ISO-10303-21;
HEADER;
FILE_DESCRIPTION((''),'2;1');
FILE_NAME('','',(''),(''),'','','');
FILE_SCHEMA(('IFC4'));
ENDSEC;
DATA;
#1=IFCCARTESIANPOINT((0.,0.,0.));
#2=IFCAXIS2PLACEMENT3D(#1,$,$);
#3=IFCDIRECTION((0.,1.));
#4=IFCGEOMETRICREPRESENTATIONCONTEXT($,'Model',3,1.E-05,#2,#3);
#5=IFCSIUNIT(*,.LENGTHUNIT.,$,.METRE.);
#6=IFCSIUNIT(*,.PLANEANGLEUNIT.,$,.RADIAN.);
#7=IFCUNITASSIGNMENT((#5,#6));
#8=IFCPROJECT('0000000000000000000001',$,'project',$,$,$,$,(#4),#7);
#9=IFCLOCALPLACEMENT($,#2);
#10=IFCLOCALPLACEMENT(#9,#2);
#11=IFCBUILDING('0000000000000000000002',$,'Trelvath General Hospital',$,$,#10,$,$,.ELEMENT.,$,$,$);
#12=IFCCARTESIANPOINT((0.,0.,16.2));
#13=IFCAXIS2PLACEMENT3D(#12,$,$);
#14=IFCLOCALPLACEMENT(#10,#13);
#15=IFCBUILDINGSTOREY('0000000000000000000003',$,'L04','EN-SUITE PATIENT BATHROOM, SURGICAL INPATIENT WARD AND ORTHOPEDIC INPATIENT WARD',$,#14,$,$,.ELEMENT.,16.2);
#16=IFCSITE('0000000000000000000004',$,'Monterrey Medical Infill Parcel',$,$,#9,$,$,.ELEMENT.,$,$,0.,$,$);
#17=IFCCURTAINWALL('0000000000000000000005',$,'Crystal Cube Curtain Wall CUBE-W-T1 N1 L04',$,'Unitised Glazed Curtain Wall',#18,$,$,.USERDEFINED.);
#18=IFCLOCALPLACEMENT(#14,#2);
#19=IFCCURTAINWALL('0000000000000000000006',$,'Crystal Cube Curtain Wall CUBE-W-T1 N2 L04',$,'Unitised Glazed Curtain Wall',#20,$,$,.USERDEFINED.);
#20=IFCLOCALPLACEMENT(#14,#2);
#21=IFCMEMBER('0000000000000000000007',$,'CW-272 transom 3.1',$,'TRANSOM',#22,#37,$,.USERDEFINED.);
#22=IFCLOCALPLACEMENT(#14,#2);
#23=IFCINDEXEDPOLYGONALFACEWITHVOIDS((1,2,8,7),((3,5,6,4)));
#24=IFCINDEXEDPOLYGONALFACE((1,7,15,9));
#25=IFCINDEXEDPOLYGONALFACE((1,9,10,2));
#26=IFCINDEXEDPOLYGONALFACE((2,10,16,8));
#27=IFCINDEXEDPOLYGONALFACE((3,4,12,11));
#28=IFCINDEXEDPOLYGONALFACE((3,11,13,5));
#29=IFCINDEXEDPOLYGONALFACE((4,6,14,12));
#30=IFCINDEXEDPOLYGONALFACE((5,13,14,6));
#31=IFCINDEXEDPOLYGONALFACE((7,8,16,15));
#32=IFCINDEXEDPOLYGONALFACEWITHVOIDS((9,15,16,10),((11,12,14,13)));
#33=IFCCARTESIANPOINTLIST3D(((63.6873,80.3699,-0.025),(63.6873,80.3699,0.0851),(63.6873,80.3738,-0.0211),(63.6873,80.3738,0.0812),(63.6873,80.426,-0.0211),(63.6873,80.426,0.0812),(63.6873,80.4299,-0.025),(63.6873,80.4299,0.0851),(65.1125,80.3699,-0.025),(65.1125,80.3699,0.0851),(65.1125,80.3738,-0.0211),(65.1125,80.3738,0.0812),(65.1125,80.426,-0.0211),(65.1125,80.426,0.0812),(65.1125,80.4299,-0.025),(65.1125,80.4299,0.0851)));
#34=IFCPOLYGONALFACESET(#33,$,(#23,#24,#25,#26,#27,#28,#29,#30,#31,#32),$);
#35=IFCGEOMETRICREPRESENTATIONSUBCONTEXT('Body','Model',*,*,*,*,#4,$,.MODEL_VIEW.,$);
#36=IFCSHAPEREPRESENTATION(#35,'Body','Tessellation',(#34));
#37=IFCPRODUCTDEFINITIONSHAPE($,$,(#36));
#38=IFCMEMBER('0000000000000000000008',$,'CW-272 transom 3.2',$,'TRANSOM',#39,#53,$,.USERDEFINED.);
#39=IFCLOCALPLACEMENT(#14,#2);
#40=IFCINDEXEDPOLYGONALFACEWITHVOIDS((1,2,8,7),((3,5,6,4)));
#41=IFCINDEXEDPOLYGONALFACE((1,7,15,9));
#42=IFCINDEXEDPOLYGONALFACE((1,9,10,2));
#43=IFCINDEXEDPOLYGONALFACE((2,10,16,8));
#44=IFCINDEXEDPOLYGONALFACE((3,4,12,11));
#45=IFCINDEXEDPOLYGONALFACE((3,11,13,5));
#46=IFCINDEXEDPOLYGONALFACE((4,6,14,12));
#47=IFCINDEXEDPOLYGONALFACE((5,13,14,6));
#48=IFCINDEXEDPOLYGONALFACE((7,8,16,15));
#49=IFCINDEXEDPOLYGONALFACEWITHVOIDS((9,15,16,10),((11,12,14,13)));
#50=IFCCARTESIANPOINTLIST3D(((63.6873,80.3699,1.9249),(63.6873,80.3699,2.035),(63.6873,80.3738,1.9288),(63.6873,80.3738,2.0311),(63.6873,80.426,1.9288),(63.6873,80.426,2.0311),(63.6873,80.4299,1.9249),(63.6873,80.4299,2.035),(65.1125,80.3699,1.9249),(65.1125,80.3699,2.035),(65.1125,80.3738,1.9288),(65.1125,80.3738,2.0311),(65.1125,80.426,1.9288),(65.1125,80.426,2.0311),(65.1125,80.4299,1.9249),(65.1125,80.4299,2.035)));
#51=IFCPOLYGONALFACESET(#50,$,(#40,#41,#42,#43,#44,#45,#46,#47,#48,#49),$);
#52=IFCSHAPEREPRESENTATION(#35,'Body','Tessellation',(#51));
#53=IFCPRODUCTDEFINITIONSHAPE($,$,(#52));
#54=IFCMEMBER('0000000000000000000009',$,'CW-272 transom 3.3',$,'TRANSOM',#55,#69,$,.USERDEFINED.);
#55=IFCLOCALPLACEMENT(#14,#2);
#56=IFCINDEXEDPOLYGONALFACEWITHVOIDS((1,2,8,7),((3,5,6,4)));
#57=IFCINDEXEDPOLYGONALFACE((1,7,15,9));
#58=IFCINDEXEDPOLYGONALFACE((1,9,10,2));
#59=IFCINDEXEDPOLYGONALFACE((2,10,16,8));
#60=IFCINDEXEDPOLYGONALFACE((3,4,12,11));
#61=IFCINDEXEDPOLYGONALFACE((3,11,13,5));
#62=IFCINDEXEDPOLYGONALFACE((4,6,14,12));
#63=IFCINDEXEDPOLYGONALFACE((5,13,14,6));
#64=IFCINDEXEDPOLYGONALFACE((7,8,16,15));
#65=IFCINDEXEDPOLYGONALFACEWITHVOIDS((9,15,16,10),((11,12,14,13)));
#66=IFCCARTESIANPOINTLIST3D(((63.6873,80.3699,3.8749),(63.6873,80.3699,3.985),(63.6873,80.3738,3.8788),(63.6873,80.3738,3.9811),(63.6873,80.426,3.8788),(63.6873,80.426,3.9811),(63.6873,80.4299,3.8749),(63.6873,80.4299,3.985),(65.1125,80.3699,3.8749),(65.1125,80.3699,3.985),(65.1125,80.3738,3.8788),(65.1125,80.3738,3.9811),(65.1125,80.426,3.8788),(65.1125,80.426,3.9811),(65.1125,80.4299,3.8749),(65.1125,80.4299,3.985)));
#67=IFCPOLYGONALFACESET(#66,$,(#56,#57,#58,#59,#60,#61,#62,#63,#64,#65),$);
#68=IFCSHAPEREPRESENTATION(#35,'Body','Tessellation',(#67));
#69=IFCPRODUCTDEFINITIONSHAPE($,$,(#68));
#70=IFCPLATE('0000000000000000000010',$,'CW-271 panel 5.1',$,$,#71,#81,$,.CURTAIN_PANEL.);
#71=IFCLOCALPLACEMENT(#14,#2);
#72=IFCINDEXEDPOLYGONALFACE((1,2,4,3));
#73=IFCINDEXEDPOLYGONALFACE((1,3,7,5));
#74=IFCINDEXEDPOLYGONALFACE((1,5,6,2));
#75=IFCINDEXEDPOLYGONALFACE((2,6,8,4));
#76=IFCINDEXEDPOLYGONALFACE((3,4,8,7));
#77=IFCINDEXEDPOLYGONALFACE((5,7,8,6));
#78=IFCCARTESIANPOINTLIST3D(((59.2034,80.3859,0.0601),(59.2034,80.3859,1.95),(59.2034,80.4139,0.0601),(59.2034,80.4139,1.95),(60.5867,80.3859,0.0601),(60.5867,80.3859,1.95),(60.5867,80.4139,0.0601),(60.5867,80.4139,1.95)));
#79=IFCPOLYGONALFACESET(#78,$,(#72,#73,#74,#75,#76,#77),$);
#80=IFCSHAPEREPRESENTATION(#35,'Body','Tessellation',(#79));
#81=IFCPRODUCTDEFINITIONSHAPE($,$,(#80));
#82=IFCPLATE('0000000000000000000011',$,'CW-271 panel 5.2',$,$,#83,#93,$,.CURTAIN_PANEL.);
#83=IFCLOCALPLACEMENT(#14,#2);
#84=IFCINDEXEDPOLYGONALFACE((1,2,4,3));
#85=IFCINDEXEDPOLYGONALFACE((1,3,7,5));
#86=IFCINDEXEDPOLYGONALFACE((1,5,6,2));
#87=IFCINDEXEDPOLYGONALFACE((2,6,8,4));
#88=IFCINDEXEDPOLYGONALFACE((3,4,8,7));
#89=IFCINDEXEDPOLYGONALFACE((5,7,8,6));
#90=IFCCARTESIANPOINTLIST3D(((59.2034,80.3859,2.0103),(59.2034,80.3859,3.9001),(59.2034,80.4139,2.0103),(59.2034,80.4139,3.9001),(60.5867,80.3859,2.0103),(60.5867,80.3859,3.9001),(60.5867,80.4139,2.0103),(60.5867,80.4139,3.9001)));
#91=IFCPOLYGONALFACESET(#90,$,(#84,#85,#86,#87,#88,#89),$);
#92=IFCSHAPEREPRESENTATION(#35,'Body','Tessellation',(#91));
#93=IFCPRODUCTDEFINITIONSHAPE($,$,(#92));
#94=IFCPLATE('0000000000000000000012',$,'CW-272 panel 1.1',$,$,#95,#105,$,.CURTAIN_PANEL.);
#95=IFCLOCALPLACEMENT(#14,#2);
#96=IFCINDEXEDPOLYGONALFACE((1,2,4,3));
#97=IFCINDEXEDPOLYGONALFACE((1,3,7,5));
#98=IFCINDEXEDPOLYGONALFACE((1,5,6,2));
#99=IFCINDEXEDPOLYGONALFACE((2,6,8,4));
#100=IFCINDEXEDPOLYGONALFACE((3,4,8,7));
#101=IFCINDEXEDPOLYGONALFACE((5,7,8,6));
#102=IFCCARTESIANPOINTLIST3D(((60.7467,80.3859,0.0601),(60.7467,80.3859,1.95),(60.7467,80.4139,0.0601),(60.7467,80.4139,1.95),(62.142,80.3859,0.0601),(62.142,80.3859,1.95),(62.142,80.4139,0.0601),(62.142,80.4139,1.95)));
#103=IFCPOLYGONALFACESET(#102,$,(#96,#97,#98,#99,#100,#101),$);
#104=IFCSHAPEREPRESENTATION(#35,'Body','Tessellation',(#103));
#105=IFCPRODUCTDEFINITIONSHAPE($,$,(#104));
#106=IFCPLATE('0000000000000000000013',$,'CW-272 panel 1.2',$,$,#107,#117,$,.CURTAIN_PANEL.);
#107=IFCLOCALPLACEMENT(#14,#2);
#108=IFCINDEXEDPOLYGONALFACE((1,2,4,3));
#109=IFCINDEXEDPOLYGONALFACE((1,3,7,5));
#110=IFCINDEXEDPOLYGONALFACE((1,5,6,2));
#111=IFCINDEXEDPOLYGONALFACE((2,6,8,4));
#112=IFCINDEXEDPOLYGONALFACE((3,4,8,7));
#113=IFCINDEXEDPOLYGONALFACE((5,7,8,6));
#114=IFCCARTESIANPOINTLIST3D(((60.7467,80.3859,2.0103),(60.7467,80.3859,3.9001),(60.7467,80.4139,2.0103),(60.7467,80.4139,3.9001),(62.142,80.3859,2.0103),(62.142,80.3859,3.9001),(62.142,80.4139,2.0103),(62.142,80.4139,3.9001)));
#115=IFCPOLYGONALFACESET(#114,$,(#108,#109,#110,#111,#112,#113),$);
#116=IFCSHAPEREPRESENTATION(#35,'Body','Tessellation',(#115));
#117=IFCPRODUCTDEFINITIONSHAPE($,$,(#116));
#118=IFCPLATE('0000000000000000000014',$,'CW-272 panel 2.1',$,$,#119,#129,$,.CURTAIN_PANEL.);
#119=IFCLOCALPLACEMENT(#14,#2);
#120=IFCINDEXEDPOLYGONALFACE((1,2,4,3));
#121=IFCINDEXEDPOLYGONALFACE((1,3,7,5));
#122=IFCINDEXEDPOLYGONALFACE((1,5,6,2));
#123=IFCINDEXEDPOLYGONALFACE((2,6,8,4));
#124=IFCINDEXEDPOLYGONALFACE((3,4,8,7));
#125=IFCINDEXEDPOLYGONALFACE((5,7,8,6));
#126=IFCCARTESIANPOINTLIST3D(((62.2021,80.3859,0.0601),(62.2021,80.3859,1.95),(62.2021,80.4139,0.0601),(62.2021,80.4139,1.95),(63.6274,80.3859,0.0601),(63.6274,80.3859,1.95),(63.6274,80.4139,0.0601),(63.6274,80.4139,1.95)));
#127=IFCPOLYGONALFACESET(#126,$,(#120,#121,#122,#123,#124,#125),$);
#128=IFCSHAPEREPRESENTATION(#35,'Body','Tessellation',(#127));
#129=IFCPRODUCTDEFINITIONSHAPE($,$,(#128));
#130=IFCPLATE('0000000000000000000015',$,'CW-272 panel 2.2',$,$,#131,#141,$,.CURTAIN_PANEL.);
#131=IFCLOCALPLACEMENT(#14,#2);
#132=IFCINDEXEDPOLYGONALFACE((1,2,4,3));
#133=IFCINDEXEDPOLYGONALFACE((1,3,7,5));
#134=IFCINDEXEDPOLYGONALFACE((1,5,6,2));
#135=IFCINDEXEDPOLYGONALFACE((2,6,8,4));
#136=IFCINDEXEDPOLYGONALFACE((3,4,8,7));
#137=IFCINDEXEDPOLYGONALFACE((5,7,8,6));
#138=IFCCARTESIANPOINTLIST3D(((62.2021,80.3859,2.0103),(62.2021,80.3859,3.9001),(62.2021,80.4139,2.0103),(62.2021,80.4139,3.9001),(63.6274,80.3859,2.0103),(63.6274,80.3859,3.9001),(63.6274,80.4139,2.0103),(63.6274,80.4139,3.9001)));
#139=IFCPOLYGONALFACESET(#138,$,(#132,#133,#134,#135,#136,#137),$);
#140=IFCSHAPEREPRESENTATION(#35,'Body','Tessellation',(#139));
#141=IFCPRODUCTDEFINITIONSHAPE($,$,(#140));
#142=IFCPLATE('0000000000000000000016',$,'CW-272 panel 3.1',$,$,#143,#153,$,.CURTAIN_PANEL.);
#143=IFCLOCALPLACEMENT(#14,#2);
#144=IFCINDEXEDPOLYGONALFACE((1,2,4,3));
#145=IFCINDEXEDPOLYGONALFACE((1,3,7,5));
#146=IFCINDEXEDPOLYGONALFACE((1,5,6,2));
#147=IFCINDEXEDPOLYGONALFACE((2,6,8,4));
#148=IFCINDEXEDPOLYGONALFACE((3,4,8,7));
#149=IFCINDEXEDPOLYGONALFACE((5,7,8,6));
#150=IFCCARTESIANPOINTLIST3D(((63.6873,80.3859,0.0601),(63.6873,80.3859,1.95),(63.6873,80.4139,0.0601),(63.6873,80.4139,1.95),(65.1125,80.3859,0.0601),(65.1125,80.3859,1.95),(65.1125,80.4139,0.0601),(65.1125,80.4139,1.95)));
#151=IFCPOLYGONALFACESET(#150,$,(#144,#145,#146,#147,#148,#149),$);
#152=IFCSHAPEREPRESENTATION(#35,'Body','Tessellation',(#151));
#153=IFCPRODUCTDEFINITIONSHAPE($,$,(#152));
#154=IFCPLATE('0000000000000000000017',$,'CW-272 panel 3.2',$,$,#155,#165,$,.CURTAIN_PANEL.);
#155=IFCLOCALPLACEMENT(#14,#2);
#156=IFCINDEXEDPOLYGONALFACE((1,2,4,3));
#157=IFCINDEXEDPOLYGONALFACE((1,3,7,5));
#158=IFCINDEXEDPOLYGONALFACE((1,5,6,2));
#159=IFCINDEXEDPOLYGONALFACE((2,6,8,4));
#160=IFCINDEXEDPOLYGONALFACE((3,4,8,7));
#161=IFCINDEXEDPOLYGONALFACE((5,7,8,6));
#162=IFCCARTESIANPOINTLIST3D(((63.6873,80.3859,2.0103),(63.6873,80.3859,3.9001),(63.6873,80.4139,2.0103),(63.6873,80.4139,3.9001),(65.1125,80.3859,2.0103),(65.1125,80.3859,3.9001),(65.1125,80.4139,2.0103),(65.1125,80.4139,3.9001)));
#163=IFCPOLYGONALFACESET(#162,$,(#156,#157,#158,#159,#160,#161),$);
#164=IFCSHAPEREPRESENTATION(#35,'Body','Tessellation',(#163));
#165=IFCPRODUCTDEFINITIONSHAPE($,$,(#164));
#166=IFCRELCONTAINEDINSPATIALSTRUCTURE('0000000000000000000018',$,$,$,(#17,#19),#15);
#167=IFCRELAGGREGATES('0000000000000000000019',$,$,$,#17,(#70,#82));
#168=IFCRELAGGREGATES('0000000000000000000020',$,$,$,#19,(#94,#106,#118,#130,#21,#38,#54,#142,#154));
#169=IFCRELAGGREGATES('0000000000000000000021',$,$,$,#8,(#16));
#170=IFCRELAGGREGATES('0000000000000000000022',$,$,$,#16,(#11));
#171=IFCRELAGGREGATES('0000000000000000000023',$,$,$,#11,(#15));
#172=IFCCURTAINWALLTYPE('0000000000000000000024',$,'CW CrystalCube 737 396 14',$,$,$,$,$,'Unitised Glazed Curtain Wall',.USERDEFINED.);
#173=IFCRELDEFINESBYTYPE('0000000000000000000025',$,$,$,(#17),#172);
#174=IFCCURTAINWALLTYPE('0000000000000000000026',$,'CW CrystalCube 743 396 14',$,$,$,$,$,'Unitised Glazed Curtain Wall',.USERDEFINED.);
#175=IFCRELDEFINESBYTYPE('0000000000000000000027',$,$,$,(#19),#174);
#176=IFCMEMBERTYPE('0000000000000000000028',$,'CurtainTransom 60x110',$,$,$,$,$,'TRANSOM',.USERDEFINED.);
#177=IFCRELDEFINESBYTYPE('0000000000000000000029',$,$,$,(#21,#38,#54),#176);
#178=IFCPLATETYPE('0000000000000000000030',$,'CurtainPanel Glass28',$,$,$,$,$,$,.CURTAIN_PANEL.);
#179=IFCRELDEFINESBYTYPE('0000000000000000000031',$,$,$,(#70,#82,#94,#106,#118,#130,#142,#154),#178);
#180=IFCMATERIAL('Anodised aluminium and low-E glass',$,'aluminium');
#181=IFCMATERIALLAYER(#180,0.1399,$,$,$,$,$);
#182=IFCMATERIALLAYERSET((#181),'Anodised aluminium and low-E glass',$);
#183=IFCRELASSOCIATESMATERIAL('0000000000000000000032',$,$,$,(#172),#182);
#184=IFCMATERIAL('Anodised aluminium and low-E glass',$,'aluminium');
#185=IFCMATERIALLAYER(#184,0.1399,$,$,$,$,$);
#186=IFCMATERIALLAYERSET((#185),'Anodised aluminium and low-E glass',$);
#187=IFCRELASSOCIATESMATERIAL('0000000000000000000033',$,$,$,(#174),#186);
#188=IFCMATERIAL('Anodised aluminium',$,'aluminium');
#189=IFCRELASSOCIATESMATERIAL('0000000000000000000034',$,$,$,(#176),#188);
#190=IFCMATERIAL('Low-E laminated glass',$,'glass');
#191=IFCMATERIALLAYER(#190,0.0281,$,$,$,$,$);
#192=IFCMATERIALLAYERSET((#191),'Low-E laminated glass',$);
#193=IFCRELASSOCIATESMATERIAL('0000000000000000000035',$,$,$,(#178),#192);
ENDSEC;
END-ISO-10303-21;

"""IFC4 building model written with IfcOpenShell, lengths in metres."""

from ifc_helpers import new_model, si_unit, direction, frame, origin, origin_2d, place, context, subcontext, project, spatial, rectangle, hollow_rectangle, extrude, material, layer, layer_set, material_profile, profile_set, type_object, element, aggregate, save


model = new_model("IFC4")

# Units and contexts
model_context = context("Model", 3, precision=1e-05, world=origin(), true_north=direction((0.0, 1.0)))
body_context = subcontext(model_context, "Body", "Model", "MODEL_VIEW")
ifc_project = project(units=[si_unit("LENGTHUNIT", "METRE"), si_unit("PLANEANGLEUNIT", "RADIAN")], contexts=[model_context])

# Site, building, storey
site_placement = place(None, origin())
site = spatial("IfcSite", under=ifc_project, at=site_placement, Name="Monterrey Medical Infill Parcel", CompositionType="ELEMENT", RefElevation=0.0)
building_placement = place(site_placement, origin())
building = spatial("IfcBuilding", under=site, at=building_placement, Name="Trelvath General Hospital", CompositionType="ELEMENT")
storey_placement = place(building_placement, frame((0.0, 0.0, 16.2)))
storey = spatial("IfcBuildingStorey", under=building, at=storey_placement, Name="L04", Description="EN-SUITE PATIENT BATHROOM, SURGICAL INPATIENT WARD AND ORTHOPEDIC INPATIENT WARD", CompositionType="ELEMENT", Elevation=16.2)

# Curtain wall
ifc_material_1 = material(Name="Anodised aluminium and low-E glass", Category="aluminium")
ifc_layer_1 = layer(ifc_material_1, 0.1399)
ifc_layer_set_1 = layer_set([ifc_layer_1], Name="Anodised aluminium and low-E glass")
curtain_wall_type_1 = type_object("IfcCurtainWallType", Name="CW CrystalCube 737 396 14", ElementType="Unitised Glazed Curtain Wall", PredefinedType="USERDEFINED", material=ifc_layer_set_1)
curtain_wall_1_placement = place(storey_placement, origin())
curtain_wall_1 = element("IfcCurtainWall", 1, at=curtain_wall_1_placement, inside=storey, type_object=curtain_wall_type_1, Name="Crystal Cube Curtain Wall CUBE-W-T1 N1 L04", ObjectType="Unitised Glazed Curtain Wall", PredefinedType="USERDEFINED")

# Curtain wall, members
ifc_material_2 = material(Name="Anodised aluminium and low-E glass", Category="aluminium")
ifc_layer_2 = layer(ifc_material_2, 0.1399)
ifc_layer_set_2 = layer_set([ifc_layer_2], Name="Anodised aluminium and low-E glass")
curtain_wall_type_2 = type_object("IfcCurtainWallType", Name="CW CrystalCube 743 396 14", ElementType="Unitised Glazed Curtain Wall", PredefinedType="USERDEFINED", material=ifc_layer_set_2)
curtain_wall_2_placement = place(storey_placement, origin())
curtain_wall_2 = element("IfcCurtainWall", 2, at=curtain_wall_2_placement, inside=storey, type_object=curtain_wall_type_2, Name="Crystal Cube Curtain Wall CUBE-W-T1 N2 L04", ObjectType="Unitised Glazed Curtain Wall", PredefinedType="USERDEFINED")
ifc_material_3 = material(Name="Anodised aluminium", Category="aluminium")
ifc_material_profile_1 = material_profile(ifc_material_3, hollow_rectangle(XDim=0.0601, YDim=0.1101, WallThickness=0.0039, at=origin_2d()), Name="RHS60x110x4")
ifc_profile_set_1 = profile_set([ifc_material_profile_1], Name="Anodised aluminium")
member_type_1 = type_object("IfcMemberType", Name="CurtainTransom 60x110", ElementType="TRANSOM", PredefinedType="USERDEFINED", material=ifc_profile_set_1)
member_1_placement = place(storey_placement, frame((63.6873, 80.3999, 0.03), z_axis=(1.0, 0.0, 0.0), x_axis=(0.0, 1.0, 0.0)))
member_1 = element("IfcMember", 3, at=member_1_placement, type_object=member_type_1, Name="CW-272 transom 3.1", ObjectType="TRANSOM", PredefinedType="USERDEFINED", context=body_context, shape_type="SweptSolid", body=[
    extrude(hollow_rectangle(XDim=0.0601, YDim=0.1101, WallThickness=0.0039, at=origin_2d()), origin(), (0.0, 0.0, 1.0), 1.4253),
])
member_2_placement = place(storey_placement, frame((63.6873, 80.3999, 1.98), z_axis=(1.0, 0.0, 0.0), x_axis=(0.0, 1.0, 0.0)))
member_2 = element("IfcMember", 4, at=member_2_placement, type_object=member_type_1, Name="CW-272 transom 3.2", ObjectType="TRANSOM", PredefinedType="USERDEFINED", context=body_context, shape_type="SweptSolid", body=[
    extrude(hollow_rectangle(XDim=0.0601, YDim=0.1101, WallThickness=0.0039, at=origin_2d()), origin(), (0.0, 0.0, 1.0), 1.4253),
])
member_3_placement = place(storey_placement, frame((63.6873, 80.3999, 3.9299), z_axis=(1.0, 0.0, 0.0), x_axis=(0.0, 1.0, 0.0)))
member_3 = element("IfcMember", 5, at=member_3_placement, type_object=member_type_1, Name="CW-272 transom 3.3", ObjectType="TRANSOM", PredefinedType="USERDEFINED", context=body_context, shape_type="SweptSolid", body=[
    extrude(hollow_rectangle(XDim=0.0601, YDim=0.1101, WallThickness=0.0039, at=origin_2d()), origin(), (0.0, 0.0, 1.0), 1.4253),
])

# Plates
ifc_material_4 = material(Name="Low-E laminated glass", Category="glass")
ifc_layer_3 = layer(ifc_material_4, 0.0281)
ifc_layer_set_3 = layer_set([ifc_layer_3], Name="Low-E laminated glass")
plate_type = type_object("IfcPlateType", Name="CurtainPanel Glass28", PredefinedType="CURTAIN_PANEL", material=ifc_layer_set_3)
plate_1_placement = place(storey_placement, frame((59.895, 80.3999, 0.0601), z_axis=(0.0, 0.0, 1.0), x_axis=(1.0, 0.0, 0.0)))
plate_1 = element("IfcPlate", 6, at=plate_1_placement, type_object=plate_type, Name="CW-271 panel 5.1", PredefinedType="CURTAIN_PANEL", context=body_context, shape_type="SweptSolid", body=[
    extrude(rectangle(XDim=1.3833, YDim=0.0281, at=origin_2d()), origin(), (0.0, 0.0, 1.0), 1.8899),
])
plate_2_placement = place(storey_placement, frame((59.895, 80.3999, 2.0103), z_axis=(0.0, 0.0, 1.0), x_axis=(1.0, 0.0, 0.0)))
plate_2 = element("IfcPlate", 7, at=plate_2_placement, type_object=plate_type, Name="CW-271 panel 5.2", PredefinedType="CURTAIN_PANEL", context=body_context, shape_type="SweptSolid", body=[
    extrude(rectangle(XDim=1.3833, YDim=0.0281, at=origin_2d()), origin(), (0.0, 0.0, 1.0), 1.8899),
])
aggregate(curtain_wall_1, [plate_1, plate_2])
plate_3_placement = place(storey_placement, frame((61.4443, 80.3999, 0.0601), z_axis=(0.0, 0.0, 1.0), x_axis=(1.0, 0.0, 0.0)))
plate_3 = element("IfcPlate", 8, at=plate_3_placement, type_object=plate_type, Name="CW-272 panel 1.1", PredefinedType="CURTAIN_PANEL", context=body_context, shape_type="SweptSolid", body=[
    extrude(rectangle(XDim=1.3953, YDim=0.0281, at=origin_2d()), origin(), (0.0, 0.0, 1.0), 1.8899),
])
plate_4_placement = place(storey_placement, frame((61.4443, 80.3999, 2.0103), z_axis=(0.0, 0.0, 1.0), x_axis=(1.0, 0.0, 0.0)))
plate_4 = element("IfcPlate", 9, at=plate_4_placement, type_object=plate_type, Name="CW-272 panel 1.2", PredefinedType="CURTAIN_PANEL", context=body_context, shape_type="SweptSolid", body=[
    extrude(rectangle(XDim=1.3953, YDim=0.0281, at=origin_2d()), origin(), (0.0, 0.0, 1.0), 1.8899),
])
plate_5_placement = place(storey_placement, frame((62.9148, 80.3999, 0.0601), z_axis=(0.0, 0.0, 1.0), x_axis=(1.0, 0.0, 0.0)))
plate_5 = element("IfcPlate", 10, at=plate_5_placement, type_object=plate_type, Name="CW-272 panel 2.1", PredefinedType="CURTAIN_PANEL", context=body_context, shape_type="SweptSolid", body=[
    extrude(rectangle(XDim=1.4253, YDim=0.0281, at=origin_2d()), origin(), (0.0, 0.0, 1.0), 1.8899),
])
plate_6_placement = place(storey_placement, frame((62.9148, 80.3999, 2.0103), z_axis=(0.0, 0.0, 1.0), x_axis=(1.0, 0.0, 0.0)))
plate_6 = element("IfcPlate", 11, at=plate_6_placement, type_object=plate_type, Name="CW-272 panel 2.2", PredefinedType="CURTAIN_PANEL", context=body_context, shape_type="SweptSolid", body=[
    extrude(rectangle(XDim=1.4253, YDim=0.0281, at=origin_2d()), origin(), (0.0, 0.0, 1.0), 1.8899),
])
plate_7_placement = place(storey_placement, frame((64.3999, 80.3999, 0.0601), z_axis=(0.0, 0.0, 1.0), x_axis=(1.0, 0.0, 0.0)))
plate_7 = element("IfcPlate", 12, at=plate_7_placement, type_object=plate_type, Name="CW-272 panel 3.1", PredefinedType="CURTAIN_PANEL", context=body_context, shape_type="SweptSolid", body=[
    extrude(rectangle(XDim=1.4253, YDim=0.0281, at=origin_2d()), origin(), (0.0, 0.0, 1.0), 1.8899),
])
plate_8_placement = place(storey_placement, frame((64.3999, 80.3999, 2.0103), z_axis=(0.0, 0.0, 1.0), x_axis=(1.0, 0.0, 0.0)))
plate_8 = element("IfcPlate", 13, at=plate_8_placement, type_object=plate_type, Name="CW-272 panel 3.2", PredefinedType="CURTAIN_PANEL", context=body_context, shape_type="SweptSolid", body=[
    extrude(rectangle(XDim=1.4253, YDim=0.0281, at=origin_2d()), origin(), (0.0, 0.0, 1.0), 1.8899),
])
aggregate(curtain_wall_2, [plate_3, plate_4, plate_5, plate_6, member_1, member_2, member_3, plate_7, plate_8])

save(model, "model.ifc")
